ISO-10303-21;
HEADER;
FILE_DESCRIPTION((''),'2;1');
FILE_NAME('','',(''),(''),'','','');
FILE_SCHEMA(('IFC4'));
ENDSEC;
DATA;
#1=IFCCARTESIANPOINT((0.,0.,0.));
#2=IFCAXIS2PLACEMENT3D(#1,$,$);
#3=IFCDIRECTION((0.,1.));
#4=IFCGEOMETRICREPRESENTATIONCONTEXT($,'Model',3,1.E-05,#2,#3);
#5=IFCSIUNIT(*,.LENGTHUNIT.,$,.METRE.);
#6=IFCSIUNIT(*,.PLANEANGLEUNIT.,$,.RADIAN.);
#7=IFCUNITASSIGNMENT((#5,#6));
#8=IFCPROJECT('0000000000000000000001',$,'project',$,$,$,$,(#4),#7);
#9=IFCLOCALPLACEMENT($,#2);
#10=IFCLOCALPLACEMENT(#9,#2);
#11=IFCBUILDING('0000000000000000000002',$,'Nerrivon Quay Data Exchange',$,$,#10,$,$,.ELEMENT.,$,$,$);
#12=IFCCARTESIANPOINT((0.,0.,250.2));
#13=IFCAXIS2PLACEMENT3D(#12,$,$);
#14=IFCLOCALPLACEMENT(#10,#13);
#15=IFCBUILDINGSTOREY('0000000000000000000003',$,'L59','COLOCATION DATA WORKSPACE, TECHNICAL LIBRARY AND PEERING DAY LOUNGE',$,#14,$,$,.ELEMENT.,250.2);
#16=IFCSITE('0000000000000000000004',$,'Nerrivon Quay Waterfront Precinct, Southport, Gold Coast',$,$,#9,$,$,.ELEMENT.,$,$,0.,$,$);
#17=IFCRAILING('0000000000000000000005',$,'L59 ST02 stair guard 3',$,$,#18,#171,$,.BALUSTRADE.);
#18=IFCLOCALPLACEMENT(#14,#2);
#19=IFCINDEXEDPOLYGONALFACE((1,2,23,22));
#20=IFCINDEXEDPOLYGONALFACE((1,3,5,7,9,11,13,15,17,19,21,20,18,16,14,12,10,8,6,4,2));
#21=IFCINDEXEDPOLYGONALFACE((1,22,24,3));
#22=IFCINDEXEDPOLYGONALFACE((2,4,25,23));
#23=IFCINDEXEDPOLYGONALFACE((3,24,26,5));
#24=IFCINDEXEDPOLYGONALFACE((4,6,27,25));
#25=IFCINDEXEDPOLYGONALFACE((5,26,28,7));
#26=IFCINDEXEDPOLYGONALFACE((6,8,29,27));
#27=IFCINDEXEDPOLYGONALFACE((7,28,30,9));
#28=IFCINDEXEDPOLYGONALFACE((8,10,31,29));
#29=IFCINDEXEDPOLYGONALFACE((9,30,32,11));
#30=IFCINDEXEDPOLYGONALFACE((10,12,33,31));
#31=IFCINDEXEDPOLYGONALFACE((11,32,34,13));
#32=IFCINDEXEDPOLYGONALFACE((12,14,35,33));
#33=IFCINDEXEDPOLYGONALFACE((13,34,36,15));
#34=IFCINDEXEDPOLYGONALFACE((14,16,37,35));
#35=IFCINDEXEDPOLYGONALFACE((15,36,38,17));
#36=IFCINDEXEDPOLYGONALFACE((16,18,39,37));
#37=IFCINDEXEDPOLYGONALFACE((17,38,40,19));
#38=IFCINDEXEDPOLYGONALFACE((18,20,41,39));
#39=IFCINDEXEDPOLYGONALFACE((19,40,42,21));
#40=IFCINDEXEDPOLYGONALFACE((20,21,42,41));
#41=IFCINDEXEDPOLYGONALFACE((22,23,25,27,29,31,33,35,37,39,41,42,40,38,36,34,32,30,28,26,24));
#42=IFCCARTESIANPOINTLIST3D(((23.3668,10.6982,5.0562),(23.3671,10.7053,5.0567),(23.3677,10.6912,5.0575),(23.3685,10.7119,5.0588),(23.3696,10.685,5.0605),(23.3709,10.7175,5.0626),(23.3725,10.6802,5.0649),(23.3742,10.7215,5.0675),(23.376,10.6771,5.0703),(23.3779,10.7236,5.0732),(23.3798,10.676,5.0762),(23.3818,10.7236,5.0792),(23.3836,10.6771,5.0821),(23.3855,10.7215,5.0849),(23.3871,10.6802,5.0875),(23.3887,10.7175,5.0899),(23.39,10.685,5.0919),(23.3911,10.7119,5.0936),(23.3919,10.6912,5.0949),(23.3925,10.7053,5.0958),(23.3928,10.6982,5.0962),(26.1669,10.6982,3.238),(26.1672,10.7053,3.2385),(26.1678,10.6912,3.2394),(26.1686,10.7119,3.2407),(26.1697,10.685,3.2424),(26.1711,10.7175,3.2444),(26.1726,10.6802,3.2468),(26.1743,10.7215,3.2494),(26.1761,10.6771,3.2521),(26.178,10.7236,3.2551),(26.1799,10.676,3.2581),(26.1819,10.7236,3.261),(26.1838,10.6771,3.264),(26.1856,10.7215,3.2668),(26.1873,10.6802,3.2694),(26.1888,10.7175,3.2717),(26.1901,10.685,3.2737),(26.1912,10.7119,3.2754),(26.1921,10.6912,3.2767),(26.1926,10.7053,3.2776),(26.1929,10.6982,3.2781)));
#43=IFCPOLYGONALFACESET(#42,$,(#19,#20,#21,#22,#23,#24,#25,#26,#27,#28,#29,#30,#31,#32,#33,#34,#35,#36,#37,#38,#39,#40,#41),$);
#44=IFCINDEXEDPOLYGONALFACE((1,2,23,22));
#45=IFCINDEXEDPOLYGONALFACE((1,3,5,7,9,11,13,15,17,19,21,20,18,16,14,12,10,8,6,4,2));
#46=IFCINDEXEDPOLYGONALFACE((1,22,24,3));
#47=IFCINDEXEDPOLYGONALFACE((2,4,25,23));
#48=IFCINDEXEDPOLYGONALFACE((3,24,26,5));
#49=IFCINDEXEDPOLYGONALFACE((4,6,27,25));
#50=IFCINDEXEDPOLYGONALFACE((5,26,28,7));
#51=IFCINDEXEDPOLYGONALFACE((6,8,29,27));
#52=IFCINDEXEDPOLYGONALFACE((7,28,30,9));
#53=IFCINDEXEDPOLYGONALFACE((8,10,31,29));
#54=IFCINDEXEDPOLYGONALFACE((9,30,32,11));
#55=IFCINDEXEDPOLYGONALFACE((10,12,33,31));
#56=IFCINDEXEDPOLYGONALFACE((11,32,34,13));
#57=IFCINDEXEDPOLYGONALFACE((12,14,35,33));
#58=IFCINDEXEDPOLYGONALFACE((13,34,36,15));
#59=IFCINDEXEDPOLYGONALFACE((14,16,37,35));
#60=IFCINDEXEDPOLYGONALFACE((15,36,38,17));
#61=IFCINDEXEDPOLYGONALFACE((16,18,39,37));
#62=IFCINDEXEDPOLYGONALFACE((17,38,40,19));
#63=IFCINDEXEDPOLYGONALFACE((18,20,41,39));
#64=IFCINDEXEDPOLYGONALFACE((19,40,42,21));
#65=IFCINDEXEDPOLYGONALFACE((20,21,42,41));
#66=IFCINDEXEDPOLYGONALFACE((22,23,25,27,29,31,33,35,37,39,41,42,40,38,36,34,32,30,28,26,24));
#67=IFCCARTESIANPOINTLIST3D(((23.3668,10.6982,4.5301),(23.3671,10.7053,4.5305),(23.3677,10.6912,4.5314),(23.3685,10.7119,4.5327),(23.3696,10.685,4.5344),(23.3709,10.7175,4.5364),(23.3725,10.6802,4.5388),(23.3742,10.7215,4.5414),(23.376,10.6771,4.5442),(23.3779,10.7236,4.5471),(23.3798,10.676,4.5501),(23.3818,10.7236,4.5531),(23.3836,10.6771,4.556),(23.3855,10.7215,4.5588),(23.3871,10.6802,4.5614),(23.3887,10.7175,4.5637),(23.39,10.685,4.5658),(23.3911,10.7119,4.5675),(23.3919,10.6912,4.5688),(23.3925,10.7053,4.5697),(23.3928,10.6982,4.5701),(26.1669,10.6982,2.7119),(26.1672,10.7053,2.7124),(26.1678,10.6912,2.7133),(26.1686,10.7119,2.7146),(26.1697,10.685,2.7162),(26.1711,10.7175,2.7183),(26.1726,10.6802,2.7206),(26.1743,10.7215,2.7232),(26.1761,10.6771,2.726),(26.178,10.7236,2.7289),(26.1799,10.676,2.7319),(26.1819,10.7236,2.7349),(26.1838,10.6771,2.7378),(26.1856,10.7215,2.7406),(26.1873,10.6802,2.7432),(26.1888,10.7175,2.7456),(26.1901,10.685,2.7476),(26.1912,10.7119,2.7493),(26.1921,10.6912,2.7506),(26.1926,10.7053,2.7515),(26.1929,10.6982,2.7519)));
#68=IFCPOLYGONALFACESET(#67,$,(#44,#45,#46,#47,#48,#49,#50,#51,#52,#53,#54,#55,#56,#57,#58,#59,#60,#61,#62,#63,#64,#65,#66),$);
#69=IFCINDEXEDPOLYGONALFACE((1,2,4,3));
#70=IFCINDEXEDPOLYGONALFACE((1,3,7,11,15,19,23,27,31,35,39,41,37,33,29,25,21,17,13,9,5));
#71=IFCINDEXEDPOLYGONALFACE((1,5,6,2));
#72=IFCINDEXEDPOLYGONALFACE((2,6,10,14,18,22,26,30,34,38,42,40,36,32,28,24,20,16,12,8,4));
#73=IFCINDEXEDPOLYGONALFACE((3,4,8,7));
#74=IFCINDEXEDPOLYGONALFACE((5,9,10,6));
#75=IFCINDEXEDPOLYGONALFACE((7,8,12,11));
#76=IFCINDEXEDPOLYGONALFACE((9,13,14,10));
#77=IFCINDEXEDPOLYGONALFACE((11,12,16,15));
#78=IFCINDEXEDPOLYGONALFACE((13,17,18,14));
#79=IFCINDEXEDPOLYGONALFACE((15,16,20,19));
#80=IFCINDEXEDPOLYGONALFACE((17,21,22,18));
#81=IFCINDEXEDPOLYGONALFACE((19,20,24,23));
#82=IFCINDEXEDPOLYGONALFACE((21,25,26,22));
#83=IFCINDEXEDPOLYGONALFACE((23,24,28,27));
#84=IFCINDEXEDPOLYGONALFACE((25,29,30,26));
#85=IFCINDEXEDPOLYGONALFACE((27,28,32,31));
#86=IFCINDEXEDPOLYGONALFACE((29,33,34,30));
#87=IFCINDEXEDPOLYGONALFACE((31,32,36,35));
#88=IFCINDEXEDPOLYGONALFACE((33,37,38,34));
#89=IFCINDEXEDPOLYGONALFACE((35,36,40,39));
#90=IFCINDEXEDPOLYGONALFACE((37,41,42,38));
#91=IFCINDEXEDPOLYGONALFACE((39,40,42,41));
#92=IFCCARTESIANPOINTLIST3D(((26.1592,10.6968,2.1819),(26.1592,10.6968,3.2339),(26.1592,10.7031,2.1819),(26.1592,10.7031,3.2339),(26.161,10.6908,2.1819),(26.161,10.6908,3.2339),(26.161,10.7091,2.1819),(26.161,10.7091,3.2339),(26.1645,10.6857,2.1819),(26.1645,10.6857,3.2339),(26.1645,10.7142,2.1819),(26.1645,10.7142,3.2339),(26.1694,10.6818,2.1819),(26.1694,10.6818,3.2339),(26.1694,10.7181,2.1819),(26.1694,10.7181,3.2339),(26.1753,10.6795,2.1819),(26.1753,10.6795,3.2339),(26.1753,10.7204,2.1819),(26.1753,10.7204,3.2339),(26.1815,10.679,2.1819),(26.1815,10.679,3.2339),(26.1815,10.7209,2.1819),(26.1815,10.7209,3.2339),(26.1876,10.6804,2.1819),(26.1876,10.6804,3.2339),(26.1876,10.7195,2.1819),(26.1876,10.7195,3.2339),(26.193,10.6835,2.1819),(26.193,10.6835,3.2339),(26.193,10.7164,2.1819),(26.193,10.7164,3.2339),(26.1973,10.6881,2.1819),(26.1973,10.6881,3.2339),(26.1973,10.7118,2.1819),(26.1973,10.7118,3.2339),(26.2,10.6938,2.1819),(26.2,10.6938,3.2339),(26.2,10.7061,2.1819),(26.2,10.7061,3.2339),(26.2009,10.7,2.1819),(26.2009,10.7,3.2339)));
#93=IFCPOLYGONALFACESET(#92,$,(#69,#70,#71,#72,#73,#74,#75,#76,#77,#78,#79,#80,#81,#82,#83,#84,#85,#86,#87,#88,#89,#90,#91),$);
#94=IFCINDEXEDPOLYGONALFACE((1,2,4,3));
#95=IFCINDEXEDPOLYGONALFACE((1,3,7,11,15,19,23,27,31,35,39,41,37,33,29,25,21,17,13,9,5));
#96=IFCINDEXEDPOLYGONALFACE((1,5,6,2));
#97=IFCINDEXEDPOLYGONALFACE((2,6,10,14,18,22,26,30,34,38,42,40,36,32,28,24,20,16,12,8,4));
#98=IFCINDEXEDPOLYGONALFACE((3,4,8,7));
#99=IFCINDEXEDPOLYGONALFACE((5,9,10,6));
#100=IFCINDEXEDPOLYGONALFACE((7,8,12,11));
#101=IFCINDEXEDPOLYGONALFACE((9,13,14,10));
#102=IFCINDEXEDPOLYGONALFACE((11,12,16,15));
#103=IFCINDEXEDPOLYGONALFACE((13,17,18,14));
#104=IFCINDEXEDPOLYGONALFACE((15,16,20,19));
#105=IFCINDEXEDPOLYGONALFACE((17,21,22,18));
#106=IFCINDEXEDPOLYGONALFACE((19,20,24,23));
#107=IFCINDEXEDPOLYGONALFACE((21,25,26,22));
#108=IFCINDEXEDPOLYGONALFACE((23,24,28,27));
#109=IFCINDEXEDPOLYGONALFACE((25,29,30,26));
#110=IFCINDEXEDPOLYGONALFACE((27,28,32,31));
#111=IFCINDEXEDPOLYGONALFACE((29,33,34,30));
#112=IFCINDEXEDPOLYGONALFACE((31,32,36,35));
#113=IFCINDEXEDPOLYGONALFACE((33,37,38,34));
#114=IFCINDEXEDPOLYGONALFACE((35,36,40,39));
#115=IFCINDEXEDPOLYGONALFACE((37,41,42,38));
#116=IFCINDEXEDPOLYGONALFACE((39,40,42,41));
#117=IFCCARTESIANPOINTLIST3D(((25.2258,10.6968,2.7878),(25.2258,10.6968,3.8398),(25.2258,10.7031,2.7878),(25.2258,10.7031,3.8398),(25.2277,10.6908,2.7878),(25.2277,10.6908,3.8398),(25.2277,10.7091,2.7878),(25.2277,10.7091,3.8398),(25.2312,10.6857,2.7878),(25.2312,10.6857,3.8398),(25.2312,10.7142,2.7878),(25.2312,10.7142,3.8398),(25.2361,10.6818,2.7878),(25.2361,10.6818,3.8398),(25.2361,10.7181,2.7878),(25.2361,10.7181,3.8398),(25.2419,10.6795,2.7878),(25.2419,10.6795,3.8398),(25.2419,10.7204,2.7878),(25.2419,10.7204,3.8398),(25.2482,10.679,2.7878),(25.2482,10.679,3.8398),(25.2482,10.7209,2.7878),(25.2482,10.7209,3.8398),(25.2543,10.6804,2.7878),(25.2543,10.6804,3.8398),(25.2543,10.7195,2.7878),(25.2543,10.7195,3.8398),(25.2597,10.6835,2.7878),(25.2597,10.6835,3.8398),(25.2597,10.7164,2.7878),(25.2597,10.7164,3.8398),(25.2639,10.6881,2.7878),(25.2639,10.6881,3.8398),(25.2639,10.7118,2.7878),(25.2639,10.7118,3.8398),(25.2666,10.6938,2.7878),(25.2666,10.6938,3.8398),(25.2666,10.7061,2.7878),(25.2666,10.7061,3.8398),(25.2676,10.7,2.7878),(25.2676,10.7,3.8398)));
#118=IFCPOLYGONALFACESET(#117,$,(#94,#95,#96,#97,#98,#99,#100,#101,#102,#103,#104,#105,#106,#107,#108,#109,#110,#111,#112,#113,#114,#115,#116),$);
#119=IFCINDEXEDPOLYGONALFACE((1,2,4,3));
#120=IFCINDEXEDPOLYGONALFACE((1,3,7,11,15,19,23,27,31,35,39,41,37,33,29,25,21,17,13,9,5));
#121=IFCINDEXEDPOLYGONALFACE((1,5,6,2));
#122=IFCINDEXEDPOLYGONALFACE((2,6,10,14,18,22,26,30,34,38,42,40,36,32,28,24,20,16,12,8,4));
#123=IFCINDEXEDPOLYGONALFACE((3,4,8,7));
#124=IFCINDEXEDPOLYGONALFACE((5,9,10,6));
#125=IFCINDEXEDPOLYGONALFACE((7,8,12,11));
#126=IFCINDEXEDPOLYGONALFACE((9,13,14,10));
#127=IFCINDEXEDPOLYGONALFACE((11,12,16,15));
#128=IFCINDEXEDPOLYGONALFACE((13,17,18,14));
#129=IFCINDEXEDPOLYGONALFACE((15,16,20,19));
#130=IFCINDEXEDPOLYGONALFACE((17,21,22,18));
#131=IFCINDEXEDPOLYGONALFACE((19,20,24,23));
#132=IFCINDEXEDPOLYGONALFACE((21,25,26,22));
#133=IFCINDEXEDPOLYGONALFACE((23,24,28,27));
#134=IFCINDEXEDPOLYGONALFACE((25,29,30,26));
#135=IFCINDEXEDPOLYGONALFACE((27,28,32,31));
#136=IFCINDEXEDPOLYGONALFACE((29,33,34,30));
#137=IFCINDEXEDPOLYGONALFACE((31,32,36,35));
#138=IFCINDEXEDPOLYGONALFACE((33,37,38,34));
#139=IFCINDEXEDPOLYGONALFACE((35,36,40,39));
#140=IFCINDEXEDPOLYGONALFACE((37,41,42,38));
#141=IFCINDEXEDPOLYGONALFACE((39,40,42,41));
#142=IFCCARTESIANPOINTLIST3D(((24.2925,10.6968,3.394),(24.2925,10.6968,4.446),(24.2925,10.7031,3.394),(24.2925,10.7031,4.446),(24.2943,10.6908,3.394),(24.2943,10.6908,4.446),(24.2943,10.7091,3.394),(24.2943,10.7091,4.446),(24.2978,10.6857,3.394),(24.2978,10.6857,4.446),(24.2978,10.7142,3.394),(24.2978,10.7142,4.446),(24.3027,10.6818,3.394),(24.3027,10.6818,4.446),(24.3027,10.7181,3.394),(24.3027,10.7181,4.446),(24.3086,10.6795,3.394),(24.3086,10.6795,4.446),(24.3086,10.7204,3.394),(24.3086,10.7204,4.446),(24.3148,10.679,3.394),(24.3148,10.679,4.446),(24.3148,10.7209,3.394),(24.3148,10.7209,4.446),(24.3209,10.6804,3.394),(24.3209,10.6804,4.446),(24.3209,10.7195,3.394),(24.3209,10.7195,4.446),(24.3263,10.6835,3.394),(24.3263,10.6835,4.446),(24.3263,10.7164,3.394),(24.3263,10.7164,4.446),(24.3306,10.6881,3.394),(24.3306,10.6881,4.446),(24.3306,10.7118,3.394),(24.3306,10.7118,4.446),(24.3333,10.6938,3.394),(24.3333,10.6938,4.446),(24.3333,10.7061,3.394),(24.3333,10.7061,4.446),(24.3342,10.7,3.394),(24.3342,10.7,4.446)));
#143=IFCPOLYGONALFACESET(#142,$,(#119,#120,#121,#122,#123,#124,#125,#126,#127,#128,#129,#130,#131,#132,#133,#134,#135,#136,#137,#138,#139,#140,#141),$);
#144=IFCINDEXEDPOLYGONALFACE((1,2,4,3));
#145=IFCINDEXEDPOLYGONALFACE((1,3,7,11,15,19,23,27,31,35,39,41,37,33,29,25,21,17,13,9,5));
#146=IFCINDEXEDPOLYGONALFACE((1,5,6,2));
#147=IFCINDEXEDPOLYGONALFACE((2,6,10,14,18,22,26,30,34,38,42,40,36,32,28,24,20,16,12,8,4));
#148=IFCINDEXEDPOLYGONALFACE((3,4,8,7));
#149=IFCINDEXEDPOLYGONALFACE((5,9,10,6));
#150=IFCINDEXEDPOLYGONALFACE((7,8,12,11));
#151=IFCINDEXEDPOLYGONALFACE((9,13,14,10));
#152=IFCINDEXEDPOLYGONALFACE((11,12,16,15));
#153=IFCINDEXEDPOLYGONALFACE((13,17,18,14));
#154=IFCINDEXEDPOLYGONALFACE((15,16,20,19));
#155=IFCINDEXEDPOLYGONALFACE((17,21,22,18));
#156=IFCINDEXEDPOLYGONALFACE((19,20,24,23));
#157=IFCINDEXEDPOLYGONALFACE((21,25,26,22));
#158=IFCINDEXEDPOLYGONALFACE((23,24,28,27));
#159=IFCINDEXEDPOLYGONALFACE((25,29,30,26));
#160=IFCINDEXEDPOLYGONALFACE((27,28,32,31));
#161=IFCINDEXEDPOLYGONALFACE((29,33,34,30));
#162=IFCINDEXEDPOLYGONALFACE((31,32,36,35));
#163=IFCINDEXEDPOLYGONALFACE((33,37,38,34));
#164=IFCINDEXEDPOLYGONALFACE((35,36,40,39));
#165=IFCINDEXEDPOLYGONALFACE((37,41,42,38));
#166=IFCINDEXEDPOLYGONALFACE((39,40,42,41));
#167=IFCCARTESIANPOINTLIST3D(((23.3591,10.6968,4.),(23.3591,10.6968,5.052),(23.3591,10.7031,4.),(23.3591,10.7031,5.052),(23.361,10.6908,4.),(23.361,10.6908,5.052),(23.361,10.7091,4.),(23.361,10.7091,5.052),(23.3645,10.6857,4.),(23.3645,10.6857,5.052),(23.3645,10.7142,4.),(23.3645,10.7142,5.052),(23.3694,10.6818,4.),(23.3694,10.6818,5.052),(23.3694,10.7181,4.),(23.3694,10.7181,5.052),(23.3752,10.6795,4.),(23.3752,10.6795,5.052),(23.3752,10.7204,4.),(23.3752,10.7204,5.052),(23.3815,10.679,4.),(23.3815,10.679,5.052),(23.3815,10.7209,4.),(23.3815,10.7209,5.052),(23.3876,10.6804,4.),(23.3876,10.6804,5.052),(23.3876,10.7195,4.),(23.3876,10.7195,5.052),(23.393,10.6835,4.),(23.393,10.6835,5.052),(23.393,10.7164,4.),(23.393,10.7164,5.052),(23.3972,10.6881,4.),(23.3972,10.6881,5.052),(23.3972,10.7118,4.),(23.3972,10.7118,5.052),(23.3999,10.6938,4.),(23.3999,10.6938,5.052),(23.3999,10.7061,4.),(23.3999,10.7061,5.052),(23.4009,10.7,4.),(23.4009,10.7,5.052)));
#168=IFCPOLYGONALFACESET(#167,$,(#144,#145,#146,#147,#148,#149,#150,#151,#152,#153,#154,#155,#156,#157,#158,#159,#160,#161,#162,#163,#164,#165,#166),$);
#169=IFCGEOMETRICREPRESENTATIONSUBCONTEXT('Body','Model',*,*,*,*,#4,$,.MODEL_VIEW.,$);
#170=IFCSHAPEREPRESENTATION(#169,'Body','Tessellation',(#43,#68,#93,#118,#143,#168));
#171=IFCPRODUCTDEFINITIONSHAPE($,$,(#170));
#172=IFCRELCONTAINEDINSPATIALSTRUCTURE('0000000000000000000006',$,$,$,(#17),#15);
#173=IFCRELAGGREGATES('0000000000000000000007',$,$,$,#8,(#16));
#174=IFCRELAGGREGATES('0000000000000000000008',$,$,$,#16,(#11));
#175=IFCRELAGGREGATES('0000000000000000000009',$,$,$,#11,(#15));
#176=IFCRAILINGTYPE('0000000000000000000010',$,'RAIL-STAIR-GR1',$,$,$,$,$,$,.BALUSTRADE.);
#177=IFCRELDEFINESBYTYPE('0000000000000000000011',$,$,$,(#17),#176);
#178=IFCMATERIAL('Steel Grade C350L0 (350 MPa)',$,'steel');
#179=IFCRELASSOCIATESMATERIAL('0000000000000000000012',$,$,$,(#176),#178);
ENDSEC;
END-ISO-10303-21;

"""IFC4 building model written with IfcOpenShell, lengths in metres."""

from ifc_helpers import new_model, si_unit, direction, frame, origin, origin_2d, place, context, subcontext, project, spatial, circle, extrude, material, type_object, element, save


model = new_model("IFC4")

# Units and contexts
model_context = context("Model", 3, precision=1e-05, world=origin(), true_north=direction((0.0, 1.0)))
body_context = subcontext(model_context, "Body", "Model", "MODEL_VIEW")
ifc_project = project(units=[si_unit("LENGTHUNIT", "METRE"), si_unit("PLANEANGLEUNIT", "RADIAN")], contexts=[model_context])

# Site, building, storey
site_placement = place(None, origin())
site = spatial("IfcSite", under=ifc_project, at=site_placement, Name="Nerrivon Quay Waterfront Precinct, Southport, Gold Coast", CompositionType="ELEMENT", RefElevation=0.0)
building_placement = place(site_placement, origin())
building = spatial("IfcBuilding", under=site, at=building_placement, Name="Nerrivon Quay Data Exchange", CompositionType="ELEMENT")
storey_placement = place(building_placement, frame((0.0, 0.0, 250.2)))
storey = spatial("IfcBuildingStorey", under=building, at=storey_placement, Name="L59", Description="COLOCATION DATA WORKSPACE, TECHNICAL LIBRARY AND PEERING DAY LOUNGE", CompositionType="ELEMENT", Elevation=250.2)

# Railing
ifc_material_1 = material(Name="Steel Grade C350L0 (350 MPa)", Category="steel")
railing_type_1 = type_object("IfcRailingType", Name="RAIL-STAIR-GR1", PredefinedType="BALUSTRADE", material=ifc_material_1)
railing_1_placement = place(storey_placement, frame((26.1799, 10.7, 2.1819)))
element("IfcRailing", 1, at=railing_1_placement, inside=storey, type_object=railing_type_1, Name="L59 ST02 stair guard 3", PredefinedType="BALUSTRADE", context=body_context, shape_type="SweptSolid", body=[
    extrude(circle(Radius=0.0239, at=origin_2d()), frame((0.0, 0.0, 1.0762), z_axis=(-0.838706, 0.0, 0.544585), x_axis=(0.0, -1.0, 0.0)), (0.0, 0.0, 1.0), 3.3386),
    extrude(circle(Radius=0.0239, at=origin_2d()), frame((0.0, 0.0, 0.55), z_axis=(-0.838706, 0.0, 0.544585), x_axis=(0.0, -1.0, 0.0)), (0.0, 0.0, 1.0), 3.3386),
    extrude(circle(Radius=0.021, at=origin_2d()), origin(), (0.0, 0.0, 1.0), 1.052),
    extrude(circle(Radius=0.021, at=origin_2d()), frame((-0.9333, 0.0, 0.606)), (0.0, 0.0, 1.0), 1.052),
    extrude(circle(Radius=0.021, at=origin_2d()), frame((-1.8667, 0.0, 1.2122)), (0.0, 0.0, 1.0), 1.052),
    extrude(circle(Radius=0.021, at=origin_2d()), frame((-2.8, 0.0, 1.8181)), (0.0, 0.0, 1.0), 1.052),
])

save(model, "model.ifc")
